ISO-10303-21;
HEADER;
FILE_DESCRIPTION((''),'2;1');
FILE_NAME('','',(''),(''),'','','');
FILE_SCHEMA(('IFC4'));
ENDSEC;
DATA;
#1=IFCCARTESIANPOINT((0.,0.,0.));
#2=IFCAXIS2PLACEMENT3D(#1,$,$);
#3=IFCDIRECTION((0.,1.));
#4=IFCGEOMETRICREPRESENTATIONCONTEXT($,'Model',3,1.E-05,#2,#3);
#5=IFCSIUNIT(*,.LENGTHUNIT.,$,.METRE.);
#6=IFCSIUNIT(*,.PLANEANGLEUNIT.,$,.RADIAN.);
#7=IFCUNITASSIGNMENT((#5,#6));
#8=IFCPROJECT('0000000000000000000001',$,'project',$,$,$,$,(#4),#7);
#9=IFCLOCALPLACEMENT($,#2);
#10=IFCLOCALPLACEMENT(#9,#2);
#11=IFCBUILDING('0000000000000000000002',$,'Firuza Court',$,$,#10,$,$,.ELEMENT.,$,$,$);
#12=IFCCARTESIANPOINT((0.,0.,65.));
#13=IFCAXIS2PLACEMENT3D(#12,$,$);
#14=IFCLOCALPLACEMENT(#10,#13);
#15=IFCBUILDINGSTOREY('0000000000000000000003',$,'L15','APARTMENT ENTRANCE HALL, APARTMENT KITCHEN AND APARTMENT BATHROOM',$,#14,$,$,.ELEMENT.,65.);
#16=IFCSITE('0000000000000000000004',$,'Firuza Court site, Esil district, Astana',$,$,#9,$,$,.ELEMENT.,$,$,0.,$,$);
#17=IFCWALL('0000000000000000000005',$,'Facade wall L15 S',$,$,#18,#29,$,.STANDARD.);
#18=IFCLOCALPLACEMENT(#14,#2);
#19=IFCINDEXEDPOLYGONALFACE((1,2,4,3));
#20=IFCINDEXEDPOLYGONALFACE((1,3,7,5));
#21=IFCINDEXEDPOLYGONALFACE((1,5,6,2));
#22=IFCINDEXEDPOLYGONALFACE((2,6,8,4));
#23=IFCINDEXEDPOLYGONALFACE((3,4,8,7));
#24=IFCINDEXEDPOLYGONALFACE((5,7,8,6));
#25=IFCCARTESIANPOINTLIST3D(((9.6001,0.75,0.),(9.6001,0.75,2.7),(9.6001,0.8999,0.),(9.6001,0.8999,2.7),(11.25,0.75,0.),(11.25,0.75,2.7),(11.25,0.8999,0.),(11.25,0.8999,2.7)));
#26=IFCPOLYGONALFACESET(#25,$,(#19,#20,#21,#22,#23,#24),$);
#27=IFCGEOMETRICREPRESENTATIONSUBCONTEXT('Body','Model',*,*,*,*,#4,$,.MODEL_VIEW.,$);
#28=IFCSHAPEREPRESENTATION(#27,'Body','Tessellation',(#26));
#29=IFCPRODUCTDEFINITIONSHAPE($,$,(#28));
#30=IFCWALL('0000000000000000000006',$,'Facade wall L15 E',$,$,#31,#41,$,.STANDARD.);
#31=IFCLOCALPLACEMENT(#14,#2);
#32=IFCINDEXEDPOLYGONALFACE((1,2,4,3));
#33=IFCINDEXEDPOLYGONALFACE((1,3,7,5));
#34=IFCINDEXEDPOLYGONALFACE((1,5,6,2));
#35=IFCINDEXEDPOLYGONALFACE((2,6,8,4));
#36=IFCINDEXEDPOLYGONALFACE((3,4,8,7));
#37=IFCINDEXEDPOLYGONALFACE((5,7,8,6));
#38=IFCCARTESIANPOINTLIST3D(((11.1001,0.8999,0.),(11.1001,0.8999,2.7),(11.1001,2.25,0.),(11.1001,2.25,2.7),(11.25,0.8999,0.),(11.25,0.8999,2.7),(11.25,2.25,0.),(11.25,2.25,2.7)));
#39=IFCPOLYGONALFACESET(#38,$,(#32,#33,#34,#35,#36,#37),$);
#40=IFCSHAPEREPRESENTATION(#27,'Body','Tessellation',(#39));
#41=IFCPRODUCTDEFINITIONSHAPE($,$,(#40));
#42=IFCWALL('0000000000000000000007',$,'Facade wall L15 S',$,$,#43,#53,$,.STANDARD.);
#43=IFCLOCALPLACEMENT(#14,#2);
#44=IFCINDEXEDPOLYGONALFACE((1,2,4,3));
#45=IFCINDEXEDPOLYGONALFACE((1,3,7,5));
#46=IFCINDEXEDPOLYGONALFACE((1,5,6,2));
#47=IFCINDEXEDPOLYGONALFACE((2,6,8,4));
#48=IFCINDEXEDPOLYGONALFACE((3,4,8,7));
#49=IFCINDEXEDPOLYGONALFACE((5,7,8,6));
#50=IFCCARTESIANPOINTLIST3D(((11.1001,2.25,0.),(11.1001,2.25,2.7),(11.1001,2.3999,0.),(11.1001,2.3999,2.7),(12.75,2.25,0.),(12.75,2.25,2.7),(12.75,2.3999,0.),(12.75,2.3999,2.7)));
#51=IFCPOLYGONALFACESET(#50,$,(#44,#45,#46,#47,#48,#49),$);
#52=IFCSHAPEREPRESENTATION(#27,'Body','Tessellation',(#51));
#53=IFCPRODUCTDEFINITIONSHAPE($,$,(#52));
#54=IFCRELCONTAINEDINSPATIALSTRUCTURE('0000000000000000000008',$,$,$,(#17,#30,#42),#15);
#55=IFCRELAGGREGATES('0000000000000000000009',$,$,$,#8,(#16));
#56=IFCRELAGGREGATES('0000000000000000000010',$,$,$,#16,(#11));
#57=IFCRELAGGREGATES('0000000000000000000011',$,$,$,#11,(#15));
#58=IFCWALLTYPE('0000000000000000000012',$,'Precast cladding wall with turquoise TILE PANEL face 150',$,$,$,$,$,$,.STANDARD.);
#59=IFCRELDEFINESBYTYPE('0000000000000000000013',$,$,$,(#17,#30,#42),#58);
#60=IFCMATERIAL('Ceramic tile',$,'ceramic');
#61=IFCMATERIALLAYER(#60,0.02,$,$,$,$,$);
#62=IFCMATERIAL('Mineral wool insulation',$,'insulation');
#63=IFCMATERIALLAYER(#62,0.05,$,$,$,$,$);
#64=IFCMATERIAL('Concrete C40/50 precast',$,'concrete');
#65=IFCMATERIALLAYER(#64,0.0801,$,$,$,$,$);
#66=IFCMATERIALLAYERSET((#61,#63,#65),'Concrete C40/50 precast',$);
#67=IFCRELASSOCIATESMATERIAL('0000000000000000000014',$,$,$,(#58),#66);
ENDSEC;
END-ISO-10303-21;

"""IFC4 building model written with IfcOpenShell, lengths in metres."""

from ifc_helpers import new_model, si_unit, direction, frame, frame_2d, origin, place, context, subcontext, project, spatial, rectangle, extrude, material, layer, layer_set, type_object, element, save


model = new_model("IFC4")

# Units and contexts
model_context = context("Model", 3, precision=1e-05, world=origin(), true_north=direction((0.0, 1.0)))
body_context = subcontext(model_context, "Body", "Model", "MODEL_VIEW")
ifc_project = project(units=[si_unit("LENGTHUNIT", "METRE"), si_unit("PLANEANGLEUNIT", "RADIAN")], contexts=[model_context])

# Site, building, storey
site_placement = place(None, origin())
site = spatial("IfcSite", under=ifc_project, at=site_placement, Name="Firuza Court site, Esil district, Astana", CompositionType="ELEMENT", RefElevation=0.0)
building_placement = place(site_placement, origin())
building = spatial("IfcBuilding", under=site, at=building_placement, Name="Firuza Court", CompositionType="ELEMENT")
storey_placement = place(building_placement, frame((0.0, 0.0, 65.0)))
storey = spatial("IfcBuildingStorey", under=building, at=storey_placement, Name="L15", Description="APARTMENT ENTRANCE HALL, APARTMENT KITCHEN AND APARTMENT BATHROOM", CompositionType="ELEMENT", Elevation=65.0)

# Walls
ifc_material_1 = material(Name="Ceramic tile", Category="ceramic")
ifc_layer_1 = layer(ifc_material_1, 0.02)
ifc_material_2 = material(Name="Mineral wool insulation", Category="insulation")
ifc_layer_2 = layer(ifc_material_2, 0.05)
ifc_material_3 = material(Name="Concrete C40/50 precast", Category="concrete")
ifc_layer_3 = layer(ifc_material_3, 0.0801)
ifc_layer_set_1 = layer_set([ifc_layer_1, ifc_layer_2, ifc_layer_3], Name="Concrete C40/50 precast")
wall_type_1 = type_object("IfcWallType", Name="Precast cladding wall with turquoise TILE PANEL face 150", PredefinedType="STANDARD", material=ifc_layer_set_1)
wall_1_placement = place(storey_placement, frame((9.6001, 0.825, 0.0), z_axis=(0.0, 0.0, 1.0), x_axis=(1.0, 0.0, 0.0)))
element("IfcWall", 1, at=wall_1_placement, inside=storey, type_object=wall_type_1, Name="Facade wall L15 S", PredefinedType="STANDARD", context=body_context, shape_type="SweptSolid", body=[
    extrude(rectangle(XDim=1.6499, YDim=0.1499, at=frame_2d((0.825, 0.0))), origin(), (0.0, 0.0, 1.0), 2.7),
])
wall_2_placement = place(storey_placement, frame((11.175, 0.8999, 0.0), z_axis=(0.0, 0.0, 1.0), x_axis=(0.0, 1.0, 0.0)))
element("IfcWall", 2, at=wall_2_placement, inside=storey, type_object=wall_type_1, Name="Facade wall L15 E", PredefinedType="STANDARD", context=body_context, shape_type="SweptSolid", body=[
    extrude(rectangle(XDim=1.3501, YDim=0.1499, at=frame_2d((0.675, 0.0))), origin(), (0.0, 0.0, 1.0), 2.7),
])
wall_3_placement = place(storey_placement, frame((11.1001, 2.325, 0.0), z_axis=(0.0, 0.0, 1.0), x_axis=(1.0, 0.0, 0.0)))
element("IfcWall", 3, at=wall_3_placement, inside=storey, type_object=wall_type_1, Name="Facade wall L15 S", PredefinedType="STANDARD", context=body_context, shape_type="SweptSolid", body=[
    extrude(rectangle(XDim=1.6499, YDim=0.1499, at=frame_2d((0.825, 0.0))), origin(), (0.0, 0.0, 1.0), 2.7),
])

save(model, "model.ifc")
